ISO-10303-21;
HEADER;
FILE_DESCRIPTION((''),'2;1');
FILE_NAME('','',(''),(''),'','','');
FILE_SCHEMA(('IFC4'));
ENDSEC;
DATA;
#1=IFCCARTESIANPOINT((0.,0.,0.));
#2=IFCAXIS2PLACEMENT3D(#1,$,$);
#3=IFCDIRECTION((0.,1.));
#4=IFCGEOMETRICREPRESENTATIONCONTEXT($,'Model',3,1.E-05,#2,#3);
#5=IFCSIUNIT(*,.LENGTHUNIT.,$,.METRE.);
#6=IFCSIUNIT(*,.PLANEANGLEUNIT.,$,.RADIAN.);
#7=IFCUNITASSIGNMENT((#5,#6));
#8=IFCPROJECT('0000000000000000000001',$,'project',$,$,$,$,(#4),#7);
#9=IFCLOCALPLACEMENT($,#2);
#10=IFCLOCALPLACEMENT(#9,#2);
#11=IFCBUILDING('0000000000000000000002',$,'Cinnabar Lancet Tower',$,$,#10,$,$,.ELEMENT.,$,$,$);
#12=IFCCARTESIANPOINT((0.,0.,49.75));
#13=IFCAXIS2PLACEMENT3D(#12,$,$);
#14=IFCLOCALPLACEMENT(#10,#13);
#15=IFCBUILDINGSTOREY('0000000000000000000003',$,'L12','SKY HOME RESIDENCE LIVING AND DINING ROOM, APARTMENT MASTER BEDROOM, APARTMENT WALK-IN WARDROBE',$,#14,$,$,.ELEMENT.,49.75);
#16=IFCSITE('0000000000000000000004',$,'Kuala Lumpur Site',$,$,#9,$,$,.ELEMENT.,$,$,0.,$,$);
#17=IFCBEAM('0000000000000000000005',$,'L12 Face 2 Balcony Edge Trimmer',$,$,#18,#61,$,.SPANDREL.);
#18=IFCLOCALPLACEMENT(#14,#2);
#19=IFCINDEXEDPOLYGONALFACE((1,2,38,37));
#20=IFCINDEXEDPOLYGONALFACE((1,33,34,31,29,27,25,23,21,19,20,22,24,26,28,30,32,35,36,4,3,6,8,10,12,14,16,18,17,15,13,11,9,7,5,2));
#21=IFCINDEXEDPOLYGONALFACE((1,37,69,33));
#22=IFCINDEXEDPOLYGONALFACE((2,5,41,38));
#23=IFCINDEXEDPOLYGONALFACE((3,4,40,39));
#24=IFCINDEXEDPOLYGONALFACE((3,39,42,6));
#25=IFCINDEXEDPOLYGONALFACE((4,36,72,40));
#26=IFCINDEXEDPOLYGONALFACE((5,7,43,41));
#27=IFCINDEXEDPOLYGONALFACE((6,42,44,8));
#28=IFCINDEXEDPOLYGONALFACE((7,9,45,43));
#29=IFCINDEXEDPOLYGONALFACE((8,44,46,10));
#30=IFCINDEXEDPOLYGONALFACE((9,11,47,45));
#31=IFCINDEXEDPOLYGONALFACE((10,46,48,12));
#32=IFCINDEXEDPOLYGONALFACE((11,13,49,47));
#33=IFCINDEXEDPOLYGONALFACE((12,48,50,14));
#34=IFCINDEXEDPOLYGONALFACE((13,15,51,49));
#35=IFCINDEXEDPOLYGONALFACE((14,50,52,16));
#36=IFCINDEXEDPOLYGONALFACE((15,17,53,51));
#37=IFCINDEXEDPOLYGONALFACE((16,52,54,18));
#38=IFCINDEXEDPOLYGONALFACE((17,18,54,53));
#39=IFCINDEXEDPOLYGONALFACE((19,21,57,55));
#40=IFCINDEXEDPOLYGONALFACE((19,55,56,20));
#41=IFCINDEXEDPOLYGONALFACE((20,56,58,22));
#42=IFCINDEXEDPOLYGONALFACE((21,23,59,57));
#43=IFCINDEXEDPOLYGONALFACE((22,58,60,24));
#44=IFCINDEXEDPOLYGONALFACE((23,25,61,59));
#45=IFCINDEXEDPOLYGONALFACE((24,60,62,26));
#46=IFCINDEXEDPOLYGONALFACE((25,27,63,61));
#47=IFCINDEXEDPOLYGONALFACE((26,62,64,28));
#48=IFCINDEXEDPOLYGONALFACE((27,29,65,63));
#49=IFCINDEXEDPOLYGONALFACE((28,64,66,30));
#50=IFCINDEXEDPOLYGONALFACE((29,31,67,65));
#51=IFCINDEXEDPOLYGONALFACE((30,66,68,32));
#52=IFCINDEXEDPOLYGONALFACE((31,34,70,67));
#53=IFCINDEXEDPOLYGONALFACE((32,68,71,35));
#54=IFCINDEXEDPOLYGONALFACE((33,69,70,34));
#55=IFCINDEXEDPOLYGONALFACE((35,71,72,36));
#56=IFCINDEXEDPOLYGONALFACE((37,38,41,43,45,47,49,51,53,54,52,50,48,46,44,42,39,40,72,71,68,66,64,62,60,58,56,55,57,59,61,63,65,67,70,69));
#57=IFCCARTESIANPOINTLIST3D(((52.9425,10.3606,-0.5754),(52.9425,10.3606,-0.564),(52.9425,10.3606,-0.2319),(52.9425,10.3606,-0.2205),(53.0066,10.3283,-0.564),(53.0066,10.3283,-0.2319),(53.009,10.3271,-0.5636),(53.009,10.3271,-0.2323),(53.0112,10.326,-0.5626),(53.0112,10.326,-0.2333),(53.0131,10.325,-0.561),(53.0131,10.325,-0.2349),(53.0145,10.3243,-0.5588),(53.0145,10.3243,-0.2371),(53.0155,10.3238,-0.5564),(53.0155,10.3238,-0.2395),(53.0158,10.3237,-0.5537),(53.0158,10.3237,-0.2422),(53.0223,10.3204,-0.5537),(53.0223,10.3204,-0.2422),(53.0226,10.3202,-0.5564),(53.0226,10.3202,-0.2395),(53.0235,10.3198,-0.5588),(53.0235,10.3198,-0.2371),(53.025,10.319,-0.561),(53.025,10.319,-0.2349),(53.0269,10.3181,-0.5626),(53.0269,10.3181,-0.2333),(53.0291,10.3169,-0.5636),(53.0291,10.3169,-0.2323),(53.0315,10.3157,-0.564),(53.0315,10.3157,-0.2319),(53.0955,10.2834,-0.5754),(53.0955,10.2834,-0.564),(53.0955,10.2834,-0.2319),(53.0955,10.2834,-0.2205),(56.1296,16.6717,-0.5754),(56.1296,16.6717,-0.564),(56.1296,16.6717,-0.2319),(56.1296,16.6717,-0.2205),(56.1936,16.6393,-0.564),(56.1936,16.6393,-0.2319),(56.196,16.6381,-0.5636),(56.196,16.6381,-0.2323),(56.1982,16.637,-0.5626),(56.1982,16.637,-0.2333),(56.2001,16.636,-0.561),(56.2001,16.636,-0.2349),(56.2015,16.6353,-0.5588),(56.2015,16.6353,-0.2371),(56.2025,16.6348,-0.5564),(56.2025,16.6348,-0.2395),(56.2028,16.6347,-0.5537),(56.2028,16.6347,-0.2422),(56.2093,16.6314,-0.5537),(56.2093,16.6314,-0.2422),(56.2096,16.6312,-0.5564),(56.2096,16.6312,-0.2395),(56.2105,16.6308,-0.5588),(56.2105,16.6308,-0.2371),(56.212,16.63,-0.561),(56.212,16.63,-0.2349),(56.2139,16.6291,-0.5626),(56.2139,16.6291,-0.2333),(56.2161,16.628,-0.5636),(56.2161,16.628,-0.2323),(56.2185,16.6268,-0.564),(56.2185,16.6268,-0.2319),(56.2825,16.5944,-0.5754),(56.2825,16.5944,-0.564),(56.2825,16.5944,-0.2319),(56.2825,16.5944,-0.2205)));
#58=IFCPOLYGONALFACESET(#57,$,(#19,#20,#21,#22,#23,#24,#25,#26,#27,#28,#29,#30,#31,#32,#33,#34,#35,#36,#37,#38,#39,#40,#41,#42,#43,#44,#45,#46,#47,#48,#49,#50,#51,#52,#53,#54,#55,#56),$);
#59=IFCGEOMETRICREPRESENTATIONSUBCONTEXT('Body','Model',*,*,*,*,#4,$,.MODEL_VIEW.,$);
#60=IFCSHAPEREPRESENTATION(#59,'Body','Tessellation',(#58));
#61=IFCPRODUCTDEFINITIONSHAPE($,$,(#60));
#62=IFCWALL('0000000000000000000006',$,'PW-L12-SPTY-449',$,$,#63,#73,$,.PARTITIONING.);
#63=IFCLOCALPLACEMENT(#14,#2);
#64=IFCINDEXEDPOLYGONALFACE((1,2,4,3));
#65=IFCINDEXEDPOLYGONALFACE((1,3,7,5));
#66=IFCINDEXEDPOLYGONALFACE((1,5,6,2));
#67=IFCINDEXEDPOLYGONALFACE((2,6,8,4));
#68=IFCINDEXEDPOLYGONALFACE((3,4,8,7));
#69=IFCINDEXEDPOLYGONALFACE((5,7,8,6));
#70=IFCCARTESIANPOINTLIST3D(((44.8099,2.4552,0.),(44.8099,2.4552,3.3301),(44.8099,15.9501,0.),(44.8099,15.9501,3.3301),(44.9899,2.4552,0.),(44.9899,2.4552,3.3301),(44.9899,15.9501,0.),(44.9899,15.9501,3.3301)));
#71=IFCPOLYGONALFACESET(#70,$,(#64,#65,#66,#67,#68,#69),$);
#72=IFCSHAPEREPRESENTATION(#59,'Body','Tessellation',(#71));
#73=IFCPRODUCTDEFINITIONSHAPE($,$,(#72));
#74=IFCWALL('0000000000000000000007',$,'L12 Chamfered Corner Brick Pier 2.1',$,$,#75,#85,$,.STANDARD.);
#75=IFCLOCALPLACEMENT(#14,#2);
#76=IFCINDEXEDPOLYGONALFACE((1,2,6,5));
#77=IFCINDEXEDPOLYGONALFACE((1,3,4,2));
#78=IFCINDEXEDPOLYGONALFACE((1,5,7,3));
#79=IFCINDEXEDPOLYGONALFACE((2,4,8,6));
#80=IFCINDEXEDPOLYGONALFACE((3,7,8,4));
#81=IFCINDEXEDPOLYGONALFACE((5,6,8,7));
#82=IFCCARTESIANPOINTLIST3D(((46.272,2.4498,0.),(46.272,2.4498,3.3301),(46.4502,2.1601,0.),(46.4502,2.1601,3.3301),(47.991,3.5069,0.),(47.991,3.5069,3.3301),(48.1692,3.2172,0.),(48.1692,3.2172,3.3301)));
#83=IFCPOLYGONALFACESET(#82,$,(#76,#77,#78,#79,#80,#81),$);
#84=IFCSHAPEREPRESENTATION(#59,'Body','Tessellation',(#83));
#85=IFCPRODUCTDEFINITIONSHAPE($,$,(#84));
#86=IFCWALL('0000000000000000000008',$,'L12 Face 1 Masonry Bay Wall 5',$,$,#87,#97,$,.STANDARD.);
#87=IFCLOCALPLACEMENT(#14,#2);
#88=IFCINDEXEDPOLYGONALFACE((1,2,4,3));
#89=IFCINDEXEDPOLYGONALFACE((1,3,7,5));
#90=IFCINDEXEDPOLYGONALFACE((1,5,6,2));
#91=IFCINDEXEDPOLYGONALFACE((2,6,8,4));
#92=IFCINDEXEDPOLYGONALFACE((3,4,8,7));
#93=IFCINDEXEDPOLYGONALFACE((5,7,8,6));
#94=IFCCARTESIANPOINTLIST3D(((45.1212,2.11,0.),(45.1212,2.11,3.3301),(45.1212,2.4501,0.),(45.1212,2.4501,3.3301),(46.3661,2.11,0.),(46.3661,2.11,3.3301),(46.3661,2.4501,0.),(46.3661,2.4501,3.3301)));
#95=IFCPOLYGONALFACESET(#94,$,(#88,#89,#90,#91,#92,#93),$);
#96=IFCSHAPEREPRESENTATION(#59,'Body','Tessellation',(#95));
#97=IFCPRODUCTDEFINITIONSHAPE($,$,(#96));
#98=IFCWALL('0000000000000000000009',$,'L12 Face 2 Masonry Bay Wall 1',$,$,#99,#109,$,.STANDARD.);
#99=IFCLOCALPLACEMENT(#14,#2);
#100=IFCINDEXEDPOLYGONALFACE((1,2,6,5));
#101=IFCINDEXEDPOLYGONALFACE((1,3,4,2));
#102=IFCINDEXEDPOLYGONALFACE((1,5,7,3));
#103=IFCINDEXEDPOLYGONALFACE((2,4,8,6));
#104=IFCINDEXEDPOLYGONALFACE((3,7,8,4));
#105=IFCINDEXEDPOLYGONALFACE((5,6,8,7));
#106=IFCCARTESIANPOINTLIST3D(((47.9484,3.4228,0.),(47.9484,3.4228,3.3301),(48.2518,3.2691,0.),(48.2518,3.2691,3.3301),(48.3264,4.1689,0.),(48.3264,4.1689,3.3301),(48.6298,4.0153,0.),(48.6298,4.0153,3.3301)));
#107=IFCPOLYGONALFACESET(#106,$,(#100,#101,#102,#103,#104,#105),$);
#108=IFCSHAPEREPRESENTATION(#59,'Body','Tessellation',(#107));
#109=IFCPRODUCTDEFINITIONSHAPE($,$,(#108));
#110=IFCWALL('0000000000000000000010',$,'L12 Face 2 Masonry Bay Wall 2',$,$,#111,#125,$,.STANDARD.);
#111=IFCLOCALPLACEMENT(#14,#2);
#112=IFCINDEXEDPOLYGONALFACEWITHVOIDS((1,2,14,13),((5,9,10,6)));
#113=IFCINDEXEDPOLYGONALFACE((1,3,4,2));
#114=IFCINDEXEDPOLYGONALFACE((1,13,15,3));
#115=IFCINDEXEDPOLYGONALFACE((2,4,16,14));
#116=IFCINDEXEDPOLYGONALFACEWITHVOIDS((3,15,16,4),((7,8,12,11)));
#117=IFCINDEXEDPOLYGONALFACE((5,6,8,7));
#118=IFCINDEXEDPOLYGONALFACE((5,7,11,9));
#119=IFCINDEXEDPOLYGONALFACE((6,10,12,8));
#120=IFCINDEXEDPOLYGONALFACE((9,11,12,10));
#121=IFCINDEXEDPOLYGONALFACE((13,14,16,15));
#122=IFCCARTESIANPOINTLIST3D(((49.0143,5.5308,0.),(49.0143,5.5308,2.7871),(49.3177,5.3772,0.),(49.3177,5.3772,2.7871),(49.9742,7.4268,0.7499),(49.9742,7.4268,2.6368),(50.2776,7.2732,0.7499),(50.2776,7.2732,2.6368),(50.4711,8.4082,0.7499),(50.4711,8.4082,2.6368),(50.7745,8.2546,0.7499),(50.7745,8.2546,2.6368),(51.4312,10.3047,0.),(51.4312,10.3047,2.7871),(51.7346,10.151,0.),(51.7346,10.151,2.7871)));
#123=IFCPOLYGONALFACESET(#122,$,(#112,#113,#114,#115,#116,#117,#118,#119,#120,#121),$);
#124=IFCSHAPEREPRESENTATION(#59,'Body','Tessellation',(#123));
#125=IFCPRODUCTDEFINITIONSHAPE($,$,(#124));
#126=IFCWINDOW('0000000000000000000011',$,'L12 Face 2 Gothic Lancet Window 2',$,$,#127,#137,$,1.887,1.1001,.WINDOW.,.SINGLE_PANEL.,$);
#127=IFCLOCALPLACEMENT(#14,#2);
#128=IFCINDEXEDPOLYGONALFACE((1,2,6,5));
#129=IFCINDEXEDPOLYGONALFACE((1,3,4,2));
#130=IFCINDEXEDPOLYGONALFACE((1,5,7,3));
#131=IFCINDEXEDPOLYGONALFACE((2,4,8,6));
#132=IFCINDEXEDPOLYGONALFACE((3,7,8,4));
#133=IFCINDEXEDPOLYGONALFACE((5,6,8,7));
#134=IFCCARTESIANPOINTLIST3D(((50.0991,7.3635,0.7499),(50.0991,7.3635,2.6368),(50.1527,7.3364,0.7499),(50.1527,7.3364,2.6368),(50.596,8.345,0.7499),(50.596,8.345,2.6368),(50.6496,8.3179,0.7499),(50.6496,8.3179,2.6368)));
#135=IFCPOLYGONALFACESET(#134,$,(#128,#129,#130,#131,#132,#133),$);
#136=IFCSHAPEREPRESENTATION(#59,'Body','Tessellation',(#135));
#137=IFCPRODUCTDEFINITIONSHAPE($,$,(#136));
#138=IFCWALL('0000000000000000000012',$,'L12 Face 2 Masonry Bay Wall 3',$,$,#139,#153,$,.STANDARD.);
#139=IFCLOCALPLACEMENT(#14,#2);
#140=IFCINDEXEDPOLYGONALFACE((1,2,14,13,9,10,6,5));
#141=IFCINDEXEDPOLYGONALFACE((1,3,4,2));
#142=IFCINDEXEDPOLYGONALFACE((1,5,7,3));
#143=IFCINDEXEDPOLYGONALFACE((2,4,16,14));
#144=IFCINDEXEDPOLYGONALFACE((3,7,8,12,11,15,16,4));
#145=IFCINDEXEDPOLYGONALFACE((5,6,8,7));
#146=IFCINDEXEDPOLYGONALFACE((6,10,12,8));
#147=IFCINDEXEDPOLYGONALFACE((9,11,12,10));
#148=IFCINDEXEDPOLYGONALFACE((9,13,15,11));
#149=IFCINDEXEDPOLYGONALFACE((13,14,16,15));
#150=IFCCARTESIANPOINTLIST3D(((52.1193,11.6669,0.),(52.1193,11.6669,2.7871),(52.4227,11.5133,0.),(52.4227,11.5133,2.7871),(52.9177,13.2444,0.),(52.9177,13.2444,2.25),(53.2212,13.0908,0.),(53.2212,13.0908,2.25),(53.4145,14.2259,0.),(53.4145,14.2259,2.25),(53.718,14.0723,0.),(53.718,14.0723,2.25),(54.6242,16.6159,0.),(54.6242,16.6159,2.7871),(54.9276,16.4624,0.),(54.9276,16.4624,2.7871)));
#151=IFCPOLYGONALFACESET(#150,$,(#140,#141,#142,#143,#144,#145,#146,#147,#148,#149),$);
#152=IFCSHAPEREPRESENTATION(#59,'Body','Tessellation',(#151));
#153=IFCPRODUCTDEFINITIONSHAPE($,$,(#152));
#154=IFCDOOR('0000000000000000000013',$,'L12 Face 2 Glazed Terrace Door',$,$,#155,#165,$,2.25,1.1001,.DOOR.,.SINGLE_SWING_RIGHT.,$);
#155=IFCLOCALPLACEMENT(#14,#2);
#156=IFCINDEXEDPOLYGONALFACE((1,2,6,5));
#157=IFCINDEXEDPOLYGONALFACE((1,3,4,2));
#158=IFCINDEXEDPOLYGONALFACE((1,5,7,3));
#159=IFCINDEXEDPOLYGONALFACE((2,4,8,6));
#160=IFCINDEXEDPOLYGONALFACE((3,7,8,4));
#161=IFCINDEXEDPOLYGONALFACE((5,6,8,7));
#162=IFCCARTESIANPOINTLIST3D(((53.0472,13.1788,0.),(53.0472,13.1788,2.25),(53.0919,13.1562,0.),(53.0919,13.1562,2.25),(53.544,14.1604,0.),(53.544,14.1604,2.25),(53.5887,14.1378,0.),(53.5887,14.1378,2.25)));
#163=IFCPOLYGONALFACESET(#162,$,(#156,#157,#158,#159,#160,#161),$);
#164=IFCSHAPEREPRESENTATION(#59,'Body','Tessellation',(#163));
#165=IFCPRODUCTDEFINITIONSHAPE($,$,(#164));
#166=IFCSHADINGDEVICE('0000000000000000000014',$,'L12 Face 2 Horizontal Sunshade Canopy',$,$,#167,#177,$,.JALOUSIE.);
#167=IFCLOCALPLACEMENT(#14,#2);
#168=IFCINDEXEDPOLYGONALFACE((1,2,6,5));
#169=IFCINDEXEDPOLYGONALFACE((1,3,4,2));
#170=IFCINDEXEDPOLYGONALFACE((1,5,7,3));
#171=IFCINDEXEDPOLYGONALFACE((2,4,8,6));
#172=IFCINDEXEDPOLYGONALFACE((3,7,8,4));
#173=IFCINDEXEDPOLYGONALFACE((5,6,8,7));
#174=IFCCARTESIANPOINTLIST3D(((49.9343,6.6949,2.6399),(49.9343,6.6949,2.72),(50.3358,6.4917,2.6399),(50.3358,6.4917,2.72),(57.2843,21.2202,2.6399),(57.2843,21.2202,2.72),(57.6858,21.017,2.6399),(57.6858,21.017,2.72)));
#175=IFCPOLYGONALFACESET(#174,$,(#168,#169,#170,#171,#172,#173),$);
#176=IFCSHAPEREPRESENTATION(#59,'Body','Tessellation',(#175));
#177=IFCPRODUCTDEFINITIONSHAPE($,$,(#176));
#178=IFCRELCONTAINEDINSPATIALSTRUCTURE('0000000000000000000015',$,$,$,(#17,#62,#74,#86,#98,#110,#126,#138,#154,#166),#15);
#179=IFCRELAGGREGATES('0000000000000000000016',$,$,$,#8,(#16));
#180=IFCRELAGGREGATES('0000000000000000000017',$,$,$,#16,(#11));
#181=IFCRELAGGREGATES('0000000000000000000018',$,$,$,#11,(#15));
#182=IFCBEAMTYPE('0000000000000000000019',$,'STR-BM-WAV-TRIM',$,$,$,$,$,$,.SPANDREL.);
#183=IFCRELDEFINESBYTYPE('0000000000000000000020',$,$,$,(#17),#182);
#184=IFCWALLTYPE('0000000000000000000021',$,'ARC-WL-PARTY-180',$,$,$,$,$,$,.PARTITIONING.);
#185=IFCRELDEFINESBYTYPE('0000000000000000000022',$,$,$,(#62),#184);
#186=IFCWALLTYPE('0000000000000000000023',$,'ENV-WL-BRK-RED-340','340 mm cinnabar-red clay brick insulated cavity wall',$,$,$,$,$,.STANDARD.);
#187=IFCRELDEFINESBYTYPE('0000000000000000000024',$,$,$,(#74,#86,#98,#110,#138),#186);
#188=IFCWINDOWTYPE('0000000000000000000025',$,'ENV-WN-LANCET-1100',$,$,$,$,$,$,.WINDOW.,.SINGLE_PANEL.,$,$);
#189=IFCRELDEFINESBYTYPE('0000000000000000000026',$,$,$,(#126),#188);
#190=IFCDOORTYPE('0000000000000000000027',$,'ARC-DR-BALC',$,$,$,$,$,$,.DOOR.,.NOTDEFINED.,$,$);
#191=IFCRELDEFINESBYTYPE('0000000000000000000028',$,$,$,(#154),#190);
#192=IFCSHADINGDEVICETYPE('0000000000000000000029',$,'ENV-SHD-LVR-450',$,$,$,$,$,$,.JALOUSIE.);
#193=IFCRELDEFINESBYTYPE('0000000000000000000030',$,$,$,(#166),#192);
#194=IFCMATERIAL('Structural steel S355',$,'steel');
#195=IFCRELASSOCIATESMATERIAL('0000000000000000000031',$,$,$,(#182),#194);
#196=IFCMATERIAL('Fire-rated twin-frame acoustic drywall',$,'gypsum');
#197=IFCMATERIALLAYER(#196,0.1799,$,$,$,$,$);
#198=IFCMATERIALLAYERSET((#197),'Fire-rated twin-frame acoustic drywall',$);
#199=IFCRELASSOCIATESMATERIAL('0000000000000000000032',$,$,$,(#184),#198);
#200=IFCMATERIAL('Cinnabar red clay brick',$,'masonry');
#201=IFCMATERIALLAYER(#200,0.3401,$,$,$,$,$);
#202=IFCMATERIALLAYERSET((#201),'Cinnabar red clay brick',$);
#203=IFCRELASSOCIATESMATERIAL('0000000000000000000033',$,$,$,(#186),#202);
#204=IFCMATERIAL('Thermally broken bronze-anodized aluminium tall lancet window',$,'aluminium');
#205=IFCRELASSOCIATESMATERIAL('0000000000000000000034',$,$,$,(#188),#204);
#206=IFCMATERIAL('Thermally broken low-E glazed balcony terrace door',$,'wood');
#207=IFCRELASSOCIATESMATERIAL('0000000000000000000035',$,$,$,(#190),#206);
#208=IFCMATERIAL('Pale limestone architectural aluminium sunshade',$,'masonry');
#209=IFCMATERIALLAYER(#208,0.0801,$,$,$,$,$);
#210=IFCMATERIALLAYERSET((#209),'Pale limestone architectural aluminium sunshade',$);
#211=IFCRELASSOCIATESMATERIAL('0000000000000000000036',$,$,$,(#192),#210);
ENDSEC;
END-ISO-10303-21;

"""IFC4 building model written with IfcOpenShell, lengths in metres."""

from ifc_helpers import new_model, si_unit, direction, frame, frame_2d, origin, origin_2d, place, context, subcontext, project, spatial, rectangle, i_section, extrude, material, layer, layer_set, material_profile, profile_set, type_object, element, fill, save


model = new_model("IFC4")

# Units and contexts
model_context = context("Model", 3, precision=1e-05, world=origin(), true_north=direction((0.0, 1.0)))
body_context = subcontext(model_context, "Body", "Model", "MODEL_VIEW")
ifc_project = project(units=[si_unit("LENGTHUNIT", "METRE"), si_unit("PLANEANGLEUNIT", "RADIAN")], contexts=[model_context])

# Site, building, storey
site_placement = place(None, origin())
site = spatial("IfcSite", under=ifc_project, at=site_placement, Name="Kuala Lumpur Site", CompositionType="ELEMENT", RefElevation=0.0)
building_placement = place(site_placement, origin())
building = spatial("IfcBuilding", under=site, at=building_placement, Name="Cinnabar Lancet Tower", CompositionType="ELEMENT")
storey_placement = place(building_placement, frame((0.0, 0.0, 49.75)))
storey = spatial("IfcBuildingStorey", under=building, at=storey_placement, Name="L12", Description="SKY HOME RESIDENCE LIVING AND DINING ROOM, APARTMENT MASTER BEDROOM, APARTMENT WALK-IN WARDROBE", CompositionType="ELEMENT", Elevation=49.75)

# Beam
ifc_material_1 = material(Name="Structural steel S355", Category="steel")
ifc_material_profile_1 = material_profile(ifc_material_1, i_section(OverallWidth=0.1714, OverallDepth=0.355, WebThickness=0.0073, FlangeThickness=0.0115, FilletRadius=0.0103, at=origin_2d()), Name="UKB 356x171x51")
ifc_profile_set_1 = profile_set([ifc_material_profile_1], Name="Structural steel S355")
beam_type_1 = type_object("IfcBeamType", Name="STR-BM-WAV-TRIM", PredefinedType="SPANDREL", material=ifc_profile_set_1)
beam_1_placement = place(storey_placement, frame((53.019, 10.322, -0.3979), z_axis=(0.450774, 0.892638, 0.0), x_axis=(-0.892638, 0.450774, 0.0)))
element("IfcBeam", 1, at=beam_1_placement, inside=storey, type_object=beam_type_1, Name="L12 Face 2 Balcony Edge Trimmer", PredefinedType="SPANDREL", context=body_context, shape_type="SweptSolid", body=[
    extrude(i_section(OverallWidth=0.1714, OverallDepth=0.355, WebThickness=0.0073, FlangeThickness=0.0115, FilletRadius=0.0103, at=origin_2d()), origin(), (0.0, 0.0, 1.0), 7.0701),
])

# Walls
ifc_material_2 = material(Name="Fire-rated twin-frame acoustic drywall", Category="gypsum")
ifc_layer_1 = layer(ifc_material_2, 0.1799)
ifc_layer_set_1 = layer_set([ifc_layer_1], Name="Fire-rated twin-frame acoustic drywall")
wall_type_1 = type_object("IfcWallType", Name="ARC-WL-PARTY-180", PredefinedType="PARTITIONING", material=ifc_layer_set_1)
wall_1_placement = place(storey_placement, frame((44.8999, 2.4551, 0.0), z_axis=(0.0, 0.0, 1.0), x_axis=(0.0, 1.0, 0.0)))
element("IfcWall", 2, at=wall_1_placement, inside=storey, type_object=wall_type_1, Name="PW-L12-SPTY-449", PredefinedType="PARTITIONING", context=body_context, shape_type="SweptSolid", body=[
    extrude(rectangle(XDim=13.4949, YDim=0.1799, at=frame_2d((6.7476, 0.0))), origin(), (0.0, 0.0, 1.0), 3.3301),
])
ifc_material_3 = material(Name="Cinnabar red clay brick", Category="masonry")
ifc_layer_2 = layer(ifc_material_3, 0.3401)
ifc_layer_set_2 = layer_set([ifc_layer_2], Name="Cinnabar red clay brick")
wall_type_2 = type_object("IfcWallType", Name="ENV-WL-BRK-RED-340", Description="340 mm cinnabar-red clay brick insulated cavity wall", PredefinedType="STANDARD", material=ifc_layer_set_2)
wall_2_placement = place(storey_placement, frame((46.3611, 2.3049, 0.0), z_axis=(0.0, 0.0, 1.0), x_axis=(0.851816, 0.523841, 0.0)))
element("IfcWall", 3, at=wall_2_placement, inside=storey, type_object=wall_type_2, Name="L12 Chamfered Corner Brick Pier 2.1", PredefinedType="STANDARD", context=body_context, shape_type="SweptSolid", body=[
    extrude(rectangle(XDim=2.0181, YDim=0.3401, at=frame_2d((1.009, 0.0))), origin(), (0.0, 0.0, 1.0), 3.3301),
])
wall_3_placement = place(storey_placement, frame((45.1211, 2.28, 0.0), z_axis=(0.0, 0.0, 1.0), x_axis=(1.0, 0.0, 0.0)))
element("IfcWall", 4, at=wall_3_placement, inside=storey, type_object=wall_type_2, Name="L12 Face 1 Masonry Bay Wall 5", PredefinedType="STANDARD", context=body_context, shape_type="SweptSolid", body=[
    extrude(rectangle(XDim=1.2449, YDim=0.3401, at=frame_2d((0.6226, 0.0))), origin(), (0.0, 0.0, 1.0), 3.3301),
])
wall_4_placement = place(storey_placement, frame((48.1001, 3.3459, 0.0), z_axis=(0.0, 0.0, 1.0), x_axis=(0.451878, 0.89208, 0.0)))
element("IfcWall", 5, at=wall_4_placement, inside=storey, type_object=wall_type_2, Name="L12 Face 2 Masonry Bay Wall 1", PredefinedType="STANDARD", context=body_context, shape_type="SweptSolid", body=[
    extrude(rectangle(XDim=0.8364, YDim=0.3401, at=frame_2d((0.4182, 0.0))), origin(), (0.0, 0.0, 1.0), 3.3301),
])

# Wall, opening, window
wall_5_placement = place(storey_placement, frame((49.166, 5.4541, 0.0), z_axis=(0.0, 0.0, 1.0), x_axis=(0.451698, 0.892171, 0.0)))
wall_5 = element("IfcWall", 6, at=wall_5_placement, inside=storey, type_object=wall_type_2, Name="L12 Face 2 Masonry Bay Wall 2", PredefinedType="STANDARD", context=body_context, shape_type="SweptSolid", body=[
    extrude(rectangle(XDim=5.3508, YDim=0.3401, at=frame_2d((2.6753, 0.0))), origin(), (0.0, 0.0, 1.0), 2.7871),
])
opening_1_placement = place(wall_5_placement, frame((2.125, 0.0, 0.75)))
opening_1 = element("IfcOpeningElement", 7, at=opening_1_placement, cuts=wall_5, PredefinedType="OPENING", context=body_context, shape_type="SweptSolid", body=[
    extrude(rectangle(XDim=1.1001, YDim=1.887, at=frame_2d((0.55, 0.9434))), frame((0.0, 0.1799, 0.0), z_axis=(0.0, -1.0, 0.0), x_axis=(1.0, 0.0, 0.0)), (0.0, 0.0, 1.0), 0.3601),
])
ifc_material_4 = material(Name="Thermally broken bronze-anodized aluminium tall lancet window", Category="aluminium")
window_type = type_object("IfcWindowType", Name="ENV-WN-LANCET-1100", PartitioningType="SINGLE_PANEL", PredefinedType="WINDOW", material=ifc_material_4)
window_placement = place(opening_1_placement, origin())
window = element("IfcWindow", 8, at=window_placement, inside=storey, type_object=window_type, Name="L12 Face 2 Gothic Lancet Window 2", OverallHeight=1.887, OverallWidth=1.1001, PartitioningType="SINGLE_PANEL", PredefinedType="WINDOW", context=body_context, shape_type="SweptSolid", body=[
    extrude(rectangle(XDim=1.1001, YDim=1.887, at=frame_2d((0.55, 0.9434))), frame((0.0, 0.03, 0.0), z_axis=(0.0, -1.0, 0.0), x_axis=(1.0, 0.0, 0.0)), (0.0, 0.0, 1.0), 0.0601),
])
fill(opening_1, window)

# Wall, opening, door
wall_6_placement = place(storey_placement, frame((52.271, 11.5901, 0.0), z_axis=(0.0, 0.0, 1.0), x_axis=(0.451592, 0.892225, 0.0)))
wall_6 = element("IfcWall", 9, at=wall_6_placement, inside=storey, type_object=wall_type_2, Name="L12 Face 2 Masonry Bay Wall 3", PredefinedType="STANDARD", context=body_context, shape_type="SweptSolid", body=[
    extrude(rectangle(XDim=5.5469, YDim=0.3401, at=frame_2d((2.7734, 0.0))), origin(), (0.0, 0.0, 1.0), 2.7871),
])
opening_2_placement = place(wall_6_placement, frame((1.7681, 0.0, 0.0)))
opening_2 = element("IfcOpeningElement", 10, at=opening_2_placement, cuts=wall_6, PredefinedType="OPENING", context=body_context, shape_type="SweptSolid", body=[
    extrude(rectangle(XDim=1.1001, YDim=2.25, at=frame_2d((0.55, 1.125))), frame((0.0, 0.1799, 0.0), z_axis=(0.0, -1.0, 0.0), x_axis=(1.0, 0.0, 0.0)), (0.0, 0.0, 1.0), 0.3601),
])
ifc_material_5 = material(Name="Thermally broken low-E glazed balcony terrace door", Category="wood")
door_type = type_object("IfcDoorType", Name="ARC-DR-BALC", OperationType="NOTDEFINED", PredefinedType="DOOR", material=ifc_material_5)
door_placement = place(opening_2_placement, origin())
door = element("IfcDoor", 11, at=door_placement, inside=storey, type_object=door_type, Name="L12 Face 2 Glazed Terrace Door", OperationType="SINGLE_SWING_RIGHT", OverallHeight=2.25, OverallWidth=1.1001, PredefinedType="DOOR", context=body_context, shape_type="SweptSolid", body=[
    extrude(rectangle(XDim=1.1001, YDim=2.25, at=frame_2d((0.55, 1.125))), frame((0.0, 0.0249, 0.0), z_axis=(0.0, -1.0, 0.0), x_axis=(1.0, 0.0, 0.0)), (0.0, 0.0, 1.0), 0.05),
])
fill(opening_2, door)

# Shading device
ifc_material_6 = material(Name="Pale limestone architectural aluminium sunshade", Category="masonry")
ifc_layer_3 = layer(ifc_material_6, 0.0801)
ifc_layer_set_3 = layer_set([ifc_layer_3], Name="Pale limestone architectural aluminium sunshade")
shading_device_type = type_object("IfcShadingDeviceType", Name="ENV-SHD-LVR-450", PredefinedType="JALOUSIE", material=ifc_layer_set_3)
shading_device_placement = place(storey_placement, frame((53.8101, 13.856, 2.6399), z_axis=(0.0, 0.0, 1.0), x_axis=(0.451501, 0.892271, 0.0)))
element("IfcShadingDevice", 12, at=shading_device_placement, inside=storey, type_object=shading_device_type, Name="L12 Face 2 Horizontal Sunshade Canopy", PredefinedType="JALOUSIE", context=body_context, shape_type="SweptSolid", body=[
    extrude(rectangle(XDim=16.2791, YDim=0.45, at=origin_2d()), origin(), (0.0, 0.0, 1.0), 0.0801),
])

save(model, "model.ifc")
